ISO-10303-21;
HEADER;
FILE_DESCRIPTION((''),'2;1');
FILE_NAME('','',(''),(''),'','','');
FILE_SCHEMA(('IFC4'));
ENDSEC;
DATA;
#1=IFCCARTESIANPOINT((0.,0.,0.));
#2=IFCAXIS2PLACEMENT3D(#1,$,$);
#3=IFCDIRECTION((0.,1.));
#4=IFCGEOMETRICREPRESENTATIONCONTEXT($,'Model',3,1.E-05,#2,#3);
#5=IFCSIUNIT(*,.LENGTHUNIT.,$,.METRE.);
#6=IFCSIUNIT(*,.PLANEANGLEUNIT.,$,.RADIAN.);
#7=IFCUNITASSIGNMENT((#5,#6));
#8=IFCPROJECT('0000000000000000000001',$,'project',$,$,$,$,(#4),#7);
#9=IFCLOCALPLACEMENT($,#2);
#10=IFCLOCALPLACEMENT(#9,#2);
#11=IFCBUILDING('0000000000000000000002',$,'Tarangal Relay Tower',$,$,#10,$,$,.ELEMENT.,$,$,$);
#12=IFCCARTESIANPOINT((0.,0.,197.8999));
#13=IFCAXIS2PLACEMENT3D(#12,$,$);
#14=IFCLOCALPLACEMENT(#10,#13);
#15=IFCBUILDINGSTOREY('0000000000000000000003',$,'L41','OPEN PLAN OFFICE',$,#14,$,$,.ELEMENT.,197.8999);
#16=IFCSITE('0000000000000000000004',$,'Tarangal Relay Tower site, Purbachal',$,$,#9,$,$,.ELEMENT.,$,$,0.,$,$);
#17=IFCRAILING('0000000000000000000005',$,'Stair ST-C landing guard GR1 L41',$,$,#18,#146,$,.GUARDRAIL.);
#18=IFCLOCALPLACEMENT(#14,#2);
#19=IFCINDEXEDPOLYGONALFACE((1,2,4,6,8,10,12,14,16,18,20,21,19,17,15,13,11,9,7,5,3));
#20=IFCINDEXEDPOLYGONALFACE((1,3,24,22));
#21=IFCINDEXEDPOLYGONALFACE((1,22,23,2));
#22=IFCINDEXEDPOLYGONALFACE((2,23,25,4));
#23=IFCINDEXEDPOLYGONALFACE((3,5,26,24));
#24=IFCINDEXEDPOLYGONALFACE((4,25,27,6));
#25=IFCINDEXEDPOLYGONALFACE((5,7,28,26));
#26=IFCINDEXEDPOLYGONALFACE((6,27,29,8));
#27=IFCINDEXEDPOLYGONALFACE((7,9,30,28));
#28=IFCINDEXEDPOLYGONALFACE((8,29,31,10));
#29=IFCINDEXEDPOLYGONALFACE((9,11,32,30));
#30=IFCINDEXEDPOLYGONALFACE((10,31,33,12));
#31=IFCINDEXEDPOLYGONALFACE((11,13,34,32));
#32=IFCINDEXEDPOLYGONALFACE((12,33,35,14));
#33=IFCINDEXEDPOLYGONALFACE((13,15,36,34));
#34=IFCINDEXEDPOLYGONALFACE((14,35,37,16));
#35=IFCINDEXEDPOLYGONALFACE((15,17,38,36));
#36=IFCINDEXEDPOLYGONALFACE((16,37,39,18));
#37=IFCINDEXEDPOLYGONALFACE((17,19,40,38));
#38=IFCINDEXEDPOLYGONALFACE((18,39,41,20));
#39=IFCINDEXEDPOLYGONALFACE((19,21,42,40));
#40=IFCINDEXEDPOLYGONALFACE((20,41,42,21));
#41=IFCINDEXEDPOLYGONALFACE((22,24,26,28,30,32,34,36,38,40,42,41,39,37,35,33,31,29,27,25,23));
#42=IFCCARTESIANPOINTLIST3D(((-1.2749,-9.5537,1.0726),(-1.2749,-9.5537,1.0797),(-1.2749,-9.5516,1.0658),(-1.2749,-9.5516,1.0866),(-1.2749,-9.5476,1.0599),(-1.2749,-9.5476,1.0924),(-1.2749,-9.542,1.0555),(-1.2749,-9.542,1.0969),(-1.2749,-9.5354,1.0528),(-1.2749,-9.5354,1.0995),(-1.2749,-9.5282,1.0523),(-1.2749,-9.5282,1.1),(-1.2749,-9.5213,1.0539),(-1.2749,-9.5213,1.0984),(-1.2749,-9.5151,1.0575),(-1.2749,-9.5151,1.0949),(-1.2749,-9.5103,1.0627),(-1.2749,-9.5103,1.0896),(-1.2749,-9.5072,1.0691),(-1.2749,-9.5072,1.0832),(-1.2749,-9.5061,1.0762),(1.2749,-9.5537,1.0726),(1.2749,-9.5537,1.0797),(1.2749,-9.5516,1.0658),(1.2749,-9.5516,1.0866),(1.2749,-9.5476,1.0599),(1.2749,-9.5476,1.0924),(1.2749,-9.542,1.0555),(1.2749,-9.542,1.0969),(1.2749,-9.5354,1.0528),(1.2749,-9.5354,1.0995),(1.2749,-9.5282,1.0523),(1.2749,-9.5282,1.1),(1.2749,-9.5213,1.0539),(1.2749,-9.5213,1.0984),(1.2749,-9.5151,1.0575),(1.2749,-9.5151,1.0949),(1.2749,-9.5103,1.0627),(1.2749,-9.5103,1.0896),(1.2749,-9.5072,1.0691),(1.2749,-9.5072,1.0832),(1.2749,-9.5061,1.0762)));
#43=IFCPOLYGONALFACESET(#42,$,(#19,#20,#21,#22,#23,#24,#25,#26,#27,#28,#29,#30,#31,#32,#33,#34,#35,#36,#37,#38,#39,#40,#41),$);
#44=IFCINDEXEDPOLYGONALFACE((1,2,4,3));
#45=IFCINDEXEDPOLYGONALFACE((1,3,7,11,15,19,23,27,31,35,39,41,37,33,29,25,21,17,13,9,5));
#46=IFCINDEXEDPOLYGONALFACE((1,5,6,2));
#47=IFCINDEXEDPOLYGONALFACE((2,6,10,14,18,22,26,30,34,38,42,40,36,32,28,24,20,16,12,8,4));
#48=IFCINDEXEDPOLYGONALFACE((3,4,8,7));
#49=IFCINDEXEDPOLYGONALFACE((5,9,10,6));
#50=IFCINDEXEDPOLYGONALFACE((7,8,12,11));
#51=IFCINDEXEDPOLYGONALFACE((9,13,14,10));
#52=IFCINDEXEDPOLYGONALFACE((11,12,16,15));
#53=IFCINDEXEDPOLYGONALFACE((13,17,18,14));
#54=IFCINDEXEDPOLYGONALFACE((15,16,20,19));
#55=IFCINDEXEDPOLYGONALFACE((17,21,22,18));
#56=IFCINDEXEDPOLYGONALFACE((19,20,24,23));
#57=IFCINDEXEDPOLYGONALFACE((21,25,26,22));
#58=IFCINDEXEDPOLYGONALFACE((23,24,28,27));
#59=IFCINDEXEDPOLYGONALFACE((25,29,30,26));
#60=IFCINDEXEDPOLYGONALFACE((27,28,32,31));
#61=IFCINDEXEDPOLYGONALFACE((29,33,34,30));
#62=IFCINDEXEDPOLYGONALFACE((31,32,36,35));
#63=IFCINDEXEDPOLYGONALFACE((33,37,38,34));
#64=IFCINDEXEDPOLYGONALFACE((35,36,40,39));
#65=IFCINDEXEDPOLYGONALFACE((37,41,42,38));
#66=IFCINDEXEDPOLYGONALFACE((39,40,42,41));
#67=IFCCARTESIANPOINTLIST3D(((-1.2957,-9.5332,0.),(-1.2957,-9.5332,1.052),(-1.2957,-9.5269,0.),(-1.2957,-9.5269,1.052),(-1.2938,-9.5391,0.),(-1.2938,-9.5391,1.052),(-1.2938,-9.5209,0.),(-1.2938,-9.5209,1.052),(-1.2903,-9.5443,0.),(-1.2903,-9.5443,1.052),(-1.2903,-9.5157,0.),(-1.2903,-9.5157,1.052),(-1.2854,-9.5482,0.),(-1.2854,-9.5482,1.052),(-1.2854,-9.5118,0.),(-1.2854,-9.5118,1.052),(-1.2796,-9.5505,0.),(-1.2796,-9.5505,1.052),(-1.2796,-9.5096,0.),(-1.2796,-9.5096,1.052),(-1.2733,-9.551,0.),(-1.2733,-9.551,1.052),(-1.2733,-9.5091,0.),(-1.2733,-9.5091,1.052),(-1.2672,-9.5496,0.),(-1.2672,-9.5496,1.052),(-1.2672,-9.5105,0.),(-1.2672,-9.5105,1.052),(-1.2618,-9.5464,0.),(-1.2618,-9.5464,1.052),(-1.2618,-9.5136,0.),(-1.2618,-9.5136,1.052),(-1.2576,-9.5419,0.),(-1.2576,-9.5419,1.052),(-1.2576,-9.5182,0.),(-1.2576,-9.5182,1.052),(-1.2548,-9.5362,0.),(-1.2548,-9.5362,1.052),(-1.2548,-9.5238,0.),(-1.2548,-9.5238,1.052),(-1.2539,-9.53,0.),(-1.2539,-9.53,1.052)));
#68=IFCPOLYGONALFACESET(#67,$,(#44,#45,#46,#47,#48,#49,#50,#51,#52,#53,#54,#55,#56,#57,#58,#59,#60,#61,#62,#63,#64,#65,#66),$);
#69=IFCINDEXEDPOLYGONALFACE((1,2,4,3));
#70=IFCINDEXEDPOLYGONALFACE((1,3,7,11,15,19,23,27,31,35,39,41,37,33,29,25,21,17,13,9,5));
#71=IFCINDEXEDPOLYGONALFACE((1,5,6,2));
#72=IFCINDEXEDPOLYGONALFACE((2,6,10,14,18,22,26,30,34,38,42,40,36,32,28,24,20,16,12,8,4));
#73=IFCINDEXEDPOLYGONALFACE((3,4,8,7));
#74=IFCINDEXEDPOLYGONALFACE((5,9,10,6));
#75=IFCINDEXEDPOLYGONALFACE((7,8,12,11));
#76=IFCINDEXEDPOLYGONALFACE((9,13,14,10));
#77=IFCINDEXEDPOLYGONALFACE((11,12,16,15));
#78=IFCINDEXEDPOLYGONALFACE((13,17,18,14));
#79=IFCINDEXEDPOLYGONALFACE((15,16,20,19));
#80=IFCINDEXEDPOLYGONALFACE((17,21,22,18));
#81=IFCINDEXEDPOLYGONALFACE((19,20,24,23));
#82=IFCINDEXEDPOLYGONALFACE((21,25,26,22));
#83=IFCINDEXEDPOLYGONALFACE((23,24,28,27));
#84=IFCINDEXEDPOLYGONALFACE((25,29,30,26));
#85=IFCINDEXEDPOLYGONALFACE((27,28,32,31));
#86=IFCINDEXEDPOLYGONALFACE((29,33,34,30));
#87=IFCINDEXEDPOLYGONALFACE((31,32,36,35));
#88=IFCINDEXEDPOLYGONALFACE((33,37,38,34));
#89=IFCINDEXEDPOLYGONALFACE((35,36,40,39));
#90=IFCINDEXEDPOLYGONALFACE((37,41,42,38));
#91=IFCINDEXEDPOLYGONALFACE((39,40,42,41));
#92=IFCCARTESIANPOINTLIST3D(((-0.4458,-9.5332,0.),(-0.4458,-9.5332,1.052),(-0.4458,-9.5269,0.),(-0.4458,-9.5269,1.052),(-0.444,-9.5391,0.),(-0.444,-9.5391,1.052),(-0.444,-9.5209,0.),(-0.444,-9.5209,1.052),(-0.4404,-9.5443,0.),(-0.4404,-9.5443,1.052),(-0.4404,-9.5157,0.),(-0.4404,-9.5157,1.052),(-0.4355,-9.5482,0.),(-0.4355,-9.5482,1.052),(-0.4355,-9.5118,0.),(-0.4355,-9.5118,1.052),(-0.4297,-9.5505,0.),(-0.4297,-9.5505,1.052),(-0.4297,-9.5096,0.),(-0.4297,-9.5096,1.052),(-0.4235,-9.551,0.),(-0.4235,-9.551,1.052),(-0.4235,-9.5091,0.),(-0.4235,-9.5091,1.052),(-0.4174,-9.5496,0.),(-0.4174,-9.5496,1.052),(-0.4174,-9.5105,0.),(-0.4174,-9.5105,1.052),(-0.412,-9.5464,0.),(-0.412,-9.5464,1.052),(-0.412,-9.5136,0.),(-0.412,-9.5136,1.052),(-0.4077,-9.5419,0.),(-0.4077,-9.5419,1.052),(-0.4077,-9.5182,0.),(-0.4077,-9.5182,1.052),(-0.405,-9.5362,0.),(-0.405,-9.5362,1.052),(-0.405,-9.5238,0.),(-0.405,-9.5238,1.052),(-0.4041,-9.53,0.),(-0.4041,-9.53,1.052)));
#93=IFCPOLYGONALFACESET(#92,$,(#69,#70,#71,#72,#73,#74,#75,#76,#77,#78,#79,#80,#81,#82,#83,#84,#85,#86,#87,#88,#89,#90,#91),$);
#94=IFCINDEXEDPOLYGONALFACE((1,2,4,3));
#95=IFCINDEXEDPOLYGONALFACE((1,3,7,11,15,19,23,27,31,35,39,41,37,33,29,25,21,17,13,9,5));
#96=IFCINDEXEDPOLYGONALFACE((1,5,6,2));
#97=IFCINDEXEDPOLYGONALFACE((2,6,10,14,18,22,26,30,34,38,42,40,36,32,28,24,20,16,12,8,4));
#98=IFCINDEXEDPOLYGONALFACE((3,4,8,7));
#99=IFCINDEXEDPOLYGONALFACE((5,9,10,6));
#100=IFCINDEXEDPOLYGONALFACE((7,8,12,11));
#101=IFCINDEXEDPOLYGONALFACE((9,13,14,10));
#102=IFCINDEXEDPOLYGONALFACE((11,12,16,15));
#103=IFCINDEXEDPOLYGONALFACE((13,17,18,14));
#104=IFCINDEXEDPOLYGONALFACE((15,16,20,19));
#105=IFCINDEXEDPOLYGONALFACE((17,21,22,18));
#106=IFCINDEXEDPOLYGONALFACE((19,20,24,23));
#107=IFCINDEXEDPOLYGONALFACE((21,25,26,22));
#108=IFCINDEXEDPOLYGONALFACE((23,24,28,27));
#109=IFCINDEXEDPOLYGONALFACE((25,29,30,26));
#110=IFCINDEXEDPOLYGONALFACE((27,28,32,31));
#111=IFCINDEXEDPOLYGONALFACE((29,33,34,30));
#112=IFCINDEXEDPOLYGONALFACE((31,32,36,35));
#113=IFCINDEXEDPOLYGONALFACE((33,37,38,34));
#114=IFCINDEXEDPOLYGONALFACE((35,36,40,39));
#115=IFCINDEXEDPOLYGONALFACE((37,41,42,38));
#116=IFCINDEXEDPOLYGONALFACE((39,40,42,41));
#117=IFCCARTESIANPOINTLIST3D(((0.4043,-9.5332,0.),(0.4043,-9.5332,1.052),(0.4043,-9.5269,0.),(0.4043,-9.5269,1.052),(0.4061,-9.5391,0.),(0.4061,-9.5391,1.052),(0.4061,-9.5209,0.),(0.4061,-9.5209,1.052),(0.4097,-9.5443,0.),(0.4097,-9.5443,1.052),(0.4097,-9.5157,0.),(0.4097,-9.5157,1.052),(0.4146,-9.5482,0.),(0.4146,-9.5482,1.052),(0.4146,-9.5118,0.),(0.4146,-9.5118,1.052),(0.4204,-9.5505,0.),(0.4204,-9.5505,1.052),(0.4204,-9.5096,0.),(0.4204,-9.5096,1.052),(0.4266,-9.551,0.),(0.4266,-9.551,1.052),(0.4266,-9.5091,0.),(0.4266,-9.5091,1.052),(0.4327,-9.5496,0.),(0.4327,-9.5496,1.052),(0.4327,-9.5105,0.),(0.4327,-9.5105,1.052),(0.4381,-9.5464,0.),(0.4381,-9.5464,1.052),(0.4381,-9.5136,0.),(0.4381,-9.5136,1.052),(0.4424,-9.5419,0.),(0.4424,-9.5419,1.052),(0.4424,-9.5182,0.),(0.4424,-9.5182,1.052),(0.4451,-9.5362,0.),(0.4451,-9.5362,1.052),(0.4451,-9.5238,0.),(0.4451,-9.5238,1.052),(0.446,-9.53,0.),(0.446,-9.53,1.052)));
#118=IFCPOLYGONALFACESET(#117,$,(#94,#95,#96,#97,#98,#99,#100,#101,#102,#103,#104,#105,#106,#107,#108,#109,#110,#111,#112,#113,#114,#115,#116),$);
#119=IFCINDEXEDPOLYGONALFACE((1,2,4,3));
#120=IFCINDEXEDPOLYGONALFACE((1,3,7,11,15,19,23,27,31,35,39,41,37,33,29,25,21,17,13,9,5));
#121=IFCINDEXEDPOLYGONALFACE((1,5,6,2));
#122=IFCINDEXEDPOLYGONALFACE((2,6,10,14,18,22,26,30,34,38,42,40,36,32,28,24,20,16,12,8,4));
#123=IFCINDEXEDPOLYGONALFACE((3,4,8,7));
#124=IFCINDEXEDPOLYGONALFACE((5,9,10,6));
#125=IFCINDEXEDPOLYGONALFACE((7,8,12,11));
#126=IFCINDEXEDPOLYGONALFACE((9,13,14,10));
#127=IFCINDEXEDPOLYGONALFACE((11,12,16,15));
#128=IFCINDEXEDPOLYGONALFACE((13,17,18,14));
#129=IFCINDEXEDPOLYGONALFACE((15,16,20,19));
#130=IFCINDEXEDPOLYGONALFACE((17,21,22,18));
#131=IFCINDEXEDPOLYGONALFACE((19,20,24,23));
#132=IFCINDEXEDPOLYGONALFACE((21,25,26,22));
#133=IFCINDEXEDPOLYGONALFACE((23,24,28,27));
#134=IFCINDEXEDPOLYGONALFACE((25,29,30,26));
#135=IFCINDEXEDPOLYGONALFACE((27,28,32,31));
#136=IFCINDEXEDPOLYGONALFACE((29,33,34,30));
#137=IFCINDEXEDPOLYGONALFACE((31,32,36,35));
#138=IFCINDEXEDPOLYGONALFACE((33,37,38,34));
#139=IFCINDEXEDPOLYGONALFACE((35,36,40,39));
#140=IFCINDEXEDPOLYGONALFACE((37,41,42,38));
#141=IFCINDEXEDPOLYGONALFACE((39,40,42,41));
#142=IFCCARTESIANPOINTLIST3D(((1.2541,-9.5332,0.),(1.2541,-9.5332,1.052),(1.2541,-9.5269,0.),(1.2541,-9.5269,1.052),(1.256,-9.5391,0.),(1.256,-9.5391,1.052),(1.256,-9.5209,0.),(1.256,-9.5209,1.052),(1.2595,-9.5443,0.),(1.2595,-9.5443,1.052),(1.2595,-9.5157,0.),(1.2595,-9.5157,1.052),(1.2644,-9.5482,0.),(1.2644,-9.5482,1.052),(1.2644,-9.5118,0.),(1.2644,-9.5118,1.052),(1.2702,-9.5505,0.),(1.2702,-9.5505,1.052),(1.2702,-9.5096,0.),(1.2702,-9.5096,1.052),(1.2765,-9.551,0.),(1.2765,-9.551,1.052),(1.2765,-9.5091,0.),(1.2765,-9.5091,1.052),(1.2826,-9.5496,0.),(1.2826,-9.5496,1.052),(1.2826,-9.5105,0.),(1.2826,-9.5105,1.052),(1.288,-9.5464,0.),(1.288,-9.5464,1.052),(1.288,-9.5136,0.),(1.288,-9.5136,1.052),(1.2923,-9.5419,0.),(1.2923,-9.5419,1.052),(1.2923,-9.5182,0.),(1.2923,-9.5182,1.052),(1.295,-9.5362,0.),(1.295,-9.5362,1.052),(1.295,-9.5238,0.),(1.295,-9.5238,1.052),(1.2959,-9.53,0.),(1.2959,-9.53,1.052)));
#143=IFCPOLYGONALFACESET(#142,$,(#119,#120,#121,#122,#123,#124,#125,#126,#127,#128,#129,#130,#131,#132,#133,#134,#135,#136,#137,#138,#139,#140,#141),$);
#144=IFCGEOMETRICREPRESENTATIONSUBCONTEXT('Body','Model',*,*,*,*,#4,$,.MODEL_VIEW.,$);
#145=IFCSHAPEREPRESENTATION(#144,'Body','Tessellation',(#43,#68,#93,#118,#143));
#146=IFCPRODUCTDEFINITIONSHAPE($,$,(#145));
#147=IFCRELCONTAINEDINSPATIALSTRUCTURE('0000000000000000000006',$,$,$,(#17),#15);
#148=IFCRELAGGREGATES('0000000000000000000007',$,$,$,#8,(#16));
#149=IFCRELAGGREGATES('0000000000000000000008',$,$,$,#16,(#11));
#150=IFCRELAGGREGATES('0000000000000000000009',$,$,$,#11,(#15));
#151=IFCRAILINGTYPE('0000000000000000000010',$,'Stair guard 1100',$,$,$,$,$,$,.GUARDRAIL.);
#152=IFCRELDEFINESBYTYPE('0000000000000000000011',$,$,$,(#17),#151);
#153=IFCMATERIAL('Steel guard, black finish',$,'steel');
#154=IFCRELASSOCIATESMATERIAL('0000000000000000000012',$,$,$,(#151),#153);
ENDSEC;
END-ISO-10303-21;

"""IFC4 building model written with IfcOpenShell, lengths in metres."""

from ifc_helpers import new_model, si_unit, direction, frame, origin, origin_2d, place, context, subcontext, project, spatial, circle, extrude, material, type_object, element, save


model = new_model("IFC4")

# Units and contexts
model_context = context("Model", 3, precision=1e-05, world=origin(), true_north=direction((0.0, 1.0)))
body_context = subcontext(model_context, "Body", "Model", "MODEL_VIEW")
ifc_project = project(units=[si_unit("LENGTHUNIT", "METRE"), si_unit("PLANEANGLEUNIT", "RADIAN")], contexts=[model_context])

# Site, building, storey
site_placement = place(None, origin())
site = spatial("IfcSite", under=ifc_project, at=site_placement, Name="Tarangal Relay Tower site, Purbachal", CompositionType="ELEMENT", RefElevation=0.0)
building_placement = place(site_placement, origin())
building = spatial("IfcBuilding", under=site, at=building_placement, Name="Tarangal Relay Tower", CompositionType="ELEMENT")
storey_placement = place(building_placement, frame((0.0, 0.0, 197.8999)))
storey = spatial("IfcBuildingStorey", under=building, at=storey_placement, Name="L41", Description="OPEN PLAN OFFICE", CompositionType="ELEMENT", Elevation=197.8999)

# Railing
ifc_material_1 = material(Name="Steel guard, black finish", Category="steel")
railing_type_1 = type_object("IfcRailingType", Name="Stair guard 1100", PredefinedType="GUARDRAIL", material=ifc_material_1)
for number, where, name in (
    (1, (-1.2749, -9.53, 0.0), "Stair ST-C landing guard GR1 L41"),
):
    element("IfcRailing", number, at=place(storey_placement, frame(where)), inside=storey, type_object=railing_type_1, Name=name, PredefinedType="GUARDRAIL", context=body_context, shape_type="SweptSolid", body=[
        extrude(circle(Radius=0.0239, at=origin_2d()), frame((0.0, 0.0, 1.0762), z_axis=(1.0, 0.0, 0.0), x_axis=(0.0, 1.0, 0.0)), (0.0, 0.0, 1.0), 2.5498),
        extrude(circle(Radius=0.021, at=origin_2d()), origin(), (0.0, 0.0, 1.0), 1.052),
        extrude(circle(Radius=0.021, at=origin_2d()), frame((0.8499, 0.0, 0.0)), (0.0, 0.0, 1.0), 1.052),
        extrude(circle(Radius=0.021, at=origin_2d()), frame((1.7, 0.0, 0.0)), (0.0, 0.0, 1.0), 1.052),
        extrude(circle(Radius=0.021, at=origin_2d()), frame((2.5498, 0.0, 0.0)), (0.0, 0.0, 1.0), 1.052),
    ])

save(model, "model.ifc")
